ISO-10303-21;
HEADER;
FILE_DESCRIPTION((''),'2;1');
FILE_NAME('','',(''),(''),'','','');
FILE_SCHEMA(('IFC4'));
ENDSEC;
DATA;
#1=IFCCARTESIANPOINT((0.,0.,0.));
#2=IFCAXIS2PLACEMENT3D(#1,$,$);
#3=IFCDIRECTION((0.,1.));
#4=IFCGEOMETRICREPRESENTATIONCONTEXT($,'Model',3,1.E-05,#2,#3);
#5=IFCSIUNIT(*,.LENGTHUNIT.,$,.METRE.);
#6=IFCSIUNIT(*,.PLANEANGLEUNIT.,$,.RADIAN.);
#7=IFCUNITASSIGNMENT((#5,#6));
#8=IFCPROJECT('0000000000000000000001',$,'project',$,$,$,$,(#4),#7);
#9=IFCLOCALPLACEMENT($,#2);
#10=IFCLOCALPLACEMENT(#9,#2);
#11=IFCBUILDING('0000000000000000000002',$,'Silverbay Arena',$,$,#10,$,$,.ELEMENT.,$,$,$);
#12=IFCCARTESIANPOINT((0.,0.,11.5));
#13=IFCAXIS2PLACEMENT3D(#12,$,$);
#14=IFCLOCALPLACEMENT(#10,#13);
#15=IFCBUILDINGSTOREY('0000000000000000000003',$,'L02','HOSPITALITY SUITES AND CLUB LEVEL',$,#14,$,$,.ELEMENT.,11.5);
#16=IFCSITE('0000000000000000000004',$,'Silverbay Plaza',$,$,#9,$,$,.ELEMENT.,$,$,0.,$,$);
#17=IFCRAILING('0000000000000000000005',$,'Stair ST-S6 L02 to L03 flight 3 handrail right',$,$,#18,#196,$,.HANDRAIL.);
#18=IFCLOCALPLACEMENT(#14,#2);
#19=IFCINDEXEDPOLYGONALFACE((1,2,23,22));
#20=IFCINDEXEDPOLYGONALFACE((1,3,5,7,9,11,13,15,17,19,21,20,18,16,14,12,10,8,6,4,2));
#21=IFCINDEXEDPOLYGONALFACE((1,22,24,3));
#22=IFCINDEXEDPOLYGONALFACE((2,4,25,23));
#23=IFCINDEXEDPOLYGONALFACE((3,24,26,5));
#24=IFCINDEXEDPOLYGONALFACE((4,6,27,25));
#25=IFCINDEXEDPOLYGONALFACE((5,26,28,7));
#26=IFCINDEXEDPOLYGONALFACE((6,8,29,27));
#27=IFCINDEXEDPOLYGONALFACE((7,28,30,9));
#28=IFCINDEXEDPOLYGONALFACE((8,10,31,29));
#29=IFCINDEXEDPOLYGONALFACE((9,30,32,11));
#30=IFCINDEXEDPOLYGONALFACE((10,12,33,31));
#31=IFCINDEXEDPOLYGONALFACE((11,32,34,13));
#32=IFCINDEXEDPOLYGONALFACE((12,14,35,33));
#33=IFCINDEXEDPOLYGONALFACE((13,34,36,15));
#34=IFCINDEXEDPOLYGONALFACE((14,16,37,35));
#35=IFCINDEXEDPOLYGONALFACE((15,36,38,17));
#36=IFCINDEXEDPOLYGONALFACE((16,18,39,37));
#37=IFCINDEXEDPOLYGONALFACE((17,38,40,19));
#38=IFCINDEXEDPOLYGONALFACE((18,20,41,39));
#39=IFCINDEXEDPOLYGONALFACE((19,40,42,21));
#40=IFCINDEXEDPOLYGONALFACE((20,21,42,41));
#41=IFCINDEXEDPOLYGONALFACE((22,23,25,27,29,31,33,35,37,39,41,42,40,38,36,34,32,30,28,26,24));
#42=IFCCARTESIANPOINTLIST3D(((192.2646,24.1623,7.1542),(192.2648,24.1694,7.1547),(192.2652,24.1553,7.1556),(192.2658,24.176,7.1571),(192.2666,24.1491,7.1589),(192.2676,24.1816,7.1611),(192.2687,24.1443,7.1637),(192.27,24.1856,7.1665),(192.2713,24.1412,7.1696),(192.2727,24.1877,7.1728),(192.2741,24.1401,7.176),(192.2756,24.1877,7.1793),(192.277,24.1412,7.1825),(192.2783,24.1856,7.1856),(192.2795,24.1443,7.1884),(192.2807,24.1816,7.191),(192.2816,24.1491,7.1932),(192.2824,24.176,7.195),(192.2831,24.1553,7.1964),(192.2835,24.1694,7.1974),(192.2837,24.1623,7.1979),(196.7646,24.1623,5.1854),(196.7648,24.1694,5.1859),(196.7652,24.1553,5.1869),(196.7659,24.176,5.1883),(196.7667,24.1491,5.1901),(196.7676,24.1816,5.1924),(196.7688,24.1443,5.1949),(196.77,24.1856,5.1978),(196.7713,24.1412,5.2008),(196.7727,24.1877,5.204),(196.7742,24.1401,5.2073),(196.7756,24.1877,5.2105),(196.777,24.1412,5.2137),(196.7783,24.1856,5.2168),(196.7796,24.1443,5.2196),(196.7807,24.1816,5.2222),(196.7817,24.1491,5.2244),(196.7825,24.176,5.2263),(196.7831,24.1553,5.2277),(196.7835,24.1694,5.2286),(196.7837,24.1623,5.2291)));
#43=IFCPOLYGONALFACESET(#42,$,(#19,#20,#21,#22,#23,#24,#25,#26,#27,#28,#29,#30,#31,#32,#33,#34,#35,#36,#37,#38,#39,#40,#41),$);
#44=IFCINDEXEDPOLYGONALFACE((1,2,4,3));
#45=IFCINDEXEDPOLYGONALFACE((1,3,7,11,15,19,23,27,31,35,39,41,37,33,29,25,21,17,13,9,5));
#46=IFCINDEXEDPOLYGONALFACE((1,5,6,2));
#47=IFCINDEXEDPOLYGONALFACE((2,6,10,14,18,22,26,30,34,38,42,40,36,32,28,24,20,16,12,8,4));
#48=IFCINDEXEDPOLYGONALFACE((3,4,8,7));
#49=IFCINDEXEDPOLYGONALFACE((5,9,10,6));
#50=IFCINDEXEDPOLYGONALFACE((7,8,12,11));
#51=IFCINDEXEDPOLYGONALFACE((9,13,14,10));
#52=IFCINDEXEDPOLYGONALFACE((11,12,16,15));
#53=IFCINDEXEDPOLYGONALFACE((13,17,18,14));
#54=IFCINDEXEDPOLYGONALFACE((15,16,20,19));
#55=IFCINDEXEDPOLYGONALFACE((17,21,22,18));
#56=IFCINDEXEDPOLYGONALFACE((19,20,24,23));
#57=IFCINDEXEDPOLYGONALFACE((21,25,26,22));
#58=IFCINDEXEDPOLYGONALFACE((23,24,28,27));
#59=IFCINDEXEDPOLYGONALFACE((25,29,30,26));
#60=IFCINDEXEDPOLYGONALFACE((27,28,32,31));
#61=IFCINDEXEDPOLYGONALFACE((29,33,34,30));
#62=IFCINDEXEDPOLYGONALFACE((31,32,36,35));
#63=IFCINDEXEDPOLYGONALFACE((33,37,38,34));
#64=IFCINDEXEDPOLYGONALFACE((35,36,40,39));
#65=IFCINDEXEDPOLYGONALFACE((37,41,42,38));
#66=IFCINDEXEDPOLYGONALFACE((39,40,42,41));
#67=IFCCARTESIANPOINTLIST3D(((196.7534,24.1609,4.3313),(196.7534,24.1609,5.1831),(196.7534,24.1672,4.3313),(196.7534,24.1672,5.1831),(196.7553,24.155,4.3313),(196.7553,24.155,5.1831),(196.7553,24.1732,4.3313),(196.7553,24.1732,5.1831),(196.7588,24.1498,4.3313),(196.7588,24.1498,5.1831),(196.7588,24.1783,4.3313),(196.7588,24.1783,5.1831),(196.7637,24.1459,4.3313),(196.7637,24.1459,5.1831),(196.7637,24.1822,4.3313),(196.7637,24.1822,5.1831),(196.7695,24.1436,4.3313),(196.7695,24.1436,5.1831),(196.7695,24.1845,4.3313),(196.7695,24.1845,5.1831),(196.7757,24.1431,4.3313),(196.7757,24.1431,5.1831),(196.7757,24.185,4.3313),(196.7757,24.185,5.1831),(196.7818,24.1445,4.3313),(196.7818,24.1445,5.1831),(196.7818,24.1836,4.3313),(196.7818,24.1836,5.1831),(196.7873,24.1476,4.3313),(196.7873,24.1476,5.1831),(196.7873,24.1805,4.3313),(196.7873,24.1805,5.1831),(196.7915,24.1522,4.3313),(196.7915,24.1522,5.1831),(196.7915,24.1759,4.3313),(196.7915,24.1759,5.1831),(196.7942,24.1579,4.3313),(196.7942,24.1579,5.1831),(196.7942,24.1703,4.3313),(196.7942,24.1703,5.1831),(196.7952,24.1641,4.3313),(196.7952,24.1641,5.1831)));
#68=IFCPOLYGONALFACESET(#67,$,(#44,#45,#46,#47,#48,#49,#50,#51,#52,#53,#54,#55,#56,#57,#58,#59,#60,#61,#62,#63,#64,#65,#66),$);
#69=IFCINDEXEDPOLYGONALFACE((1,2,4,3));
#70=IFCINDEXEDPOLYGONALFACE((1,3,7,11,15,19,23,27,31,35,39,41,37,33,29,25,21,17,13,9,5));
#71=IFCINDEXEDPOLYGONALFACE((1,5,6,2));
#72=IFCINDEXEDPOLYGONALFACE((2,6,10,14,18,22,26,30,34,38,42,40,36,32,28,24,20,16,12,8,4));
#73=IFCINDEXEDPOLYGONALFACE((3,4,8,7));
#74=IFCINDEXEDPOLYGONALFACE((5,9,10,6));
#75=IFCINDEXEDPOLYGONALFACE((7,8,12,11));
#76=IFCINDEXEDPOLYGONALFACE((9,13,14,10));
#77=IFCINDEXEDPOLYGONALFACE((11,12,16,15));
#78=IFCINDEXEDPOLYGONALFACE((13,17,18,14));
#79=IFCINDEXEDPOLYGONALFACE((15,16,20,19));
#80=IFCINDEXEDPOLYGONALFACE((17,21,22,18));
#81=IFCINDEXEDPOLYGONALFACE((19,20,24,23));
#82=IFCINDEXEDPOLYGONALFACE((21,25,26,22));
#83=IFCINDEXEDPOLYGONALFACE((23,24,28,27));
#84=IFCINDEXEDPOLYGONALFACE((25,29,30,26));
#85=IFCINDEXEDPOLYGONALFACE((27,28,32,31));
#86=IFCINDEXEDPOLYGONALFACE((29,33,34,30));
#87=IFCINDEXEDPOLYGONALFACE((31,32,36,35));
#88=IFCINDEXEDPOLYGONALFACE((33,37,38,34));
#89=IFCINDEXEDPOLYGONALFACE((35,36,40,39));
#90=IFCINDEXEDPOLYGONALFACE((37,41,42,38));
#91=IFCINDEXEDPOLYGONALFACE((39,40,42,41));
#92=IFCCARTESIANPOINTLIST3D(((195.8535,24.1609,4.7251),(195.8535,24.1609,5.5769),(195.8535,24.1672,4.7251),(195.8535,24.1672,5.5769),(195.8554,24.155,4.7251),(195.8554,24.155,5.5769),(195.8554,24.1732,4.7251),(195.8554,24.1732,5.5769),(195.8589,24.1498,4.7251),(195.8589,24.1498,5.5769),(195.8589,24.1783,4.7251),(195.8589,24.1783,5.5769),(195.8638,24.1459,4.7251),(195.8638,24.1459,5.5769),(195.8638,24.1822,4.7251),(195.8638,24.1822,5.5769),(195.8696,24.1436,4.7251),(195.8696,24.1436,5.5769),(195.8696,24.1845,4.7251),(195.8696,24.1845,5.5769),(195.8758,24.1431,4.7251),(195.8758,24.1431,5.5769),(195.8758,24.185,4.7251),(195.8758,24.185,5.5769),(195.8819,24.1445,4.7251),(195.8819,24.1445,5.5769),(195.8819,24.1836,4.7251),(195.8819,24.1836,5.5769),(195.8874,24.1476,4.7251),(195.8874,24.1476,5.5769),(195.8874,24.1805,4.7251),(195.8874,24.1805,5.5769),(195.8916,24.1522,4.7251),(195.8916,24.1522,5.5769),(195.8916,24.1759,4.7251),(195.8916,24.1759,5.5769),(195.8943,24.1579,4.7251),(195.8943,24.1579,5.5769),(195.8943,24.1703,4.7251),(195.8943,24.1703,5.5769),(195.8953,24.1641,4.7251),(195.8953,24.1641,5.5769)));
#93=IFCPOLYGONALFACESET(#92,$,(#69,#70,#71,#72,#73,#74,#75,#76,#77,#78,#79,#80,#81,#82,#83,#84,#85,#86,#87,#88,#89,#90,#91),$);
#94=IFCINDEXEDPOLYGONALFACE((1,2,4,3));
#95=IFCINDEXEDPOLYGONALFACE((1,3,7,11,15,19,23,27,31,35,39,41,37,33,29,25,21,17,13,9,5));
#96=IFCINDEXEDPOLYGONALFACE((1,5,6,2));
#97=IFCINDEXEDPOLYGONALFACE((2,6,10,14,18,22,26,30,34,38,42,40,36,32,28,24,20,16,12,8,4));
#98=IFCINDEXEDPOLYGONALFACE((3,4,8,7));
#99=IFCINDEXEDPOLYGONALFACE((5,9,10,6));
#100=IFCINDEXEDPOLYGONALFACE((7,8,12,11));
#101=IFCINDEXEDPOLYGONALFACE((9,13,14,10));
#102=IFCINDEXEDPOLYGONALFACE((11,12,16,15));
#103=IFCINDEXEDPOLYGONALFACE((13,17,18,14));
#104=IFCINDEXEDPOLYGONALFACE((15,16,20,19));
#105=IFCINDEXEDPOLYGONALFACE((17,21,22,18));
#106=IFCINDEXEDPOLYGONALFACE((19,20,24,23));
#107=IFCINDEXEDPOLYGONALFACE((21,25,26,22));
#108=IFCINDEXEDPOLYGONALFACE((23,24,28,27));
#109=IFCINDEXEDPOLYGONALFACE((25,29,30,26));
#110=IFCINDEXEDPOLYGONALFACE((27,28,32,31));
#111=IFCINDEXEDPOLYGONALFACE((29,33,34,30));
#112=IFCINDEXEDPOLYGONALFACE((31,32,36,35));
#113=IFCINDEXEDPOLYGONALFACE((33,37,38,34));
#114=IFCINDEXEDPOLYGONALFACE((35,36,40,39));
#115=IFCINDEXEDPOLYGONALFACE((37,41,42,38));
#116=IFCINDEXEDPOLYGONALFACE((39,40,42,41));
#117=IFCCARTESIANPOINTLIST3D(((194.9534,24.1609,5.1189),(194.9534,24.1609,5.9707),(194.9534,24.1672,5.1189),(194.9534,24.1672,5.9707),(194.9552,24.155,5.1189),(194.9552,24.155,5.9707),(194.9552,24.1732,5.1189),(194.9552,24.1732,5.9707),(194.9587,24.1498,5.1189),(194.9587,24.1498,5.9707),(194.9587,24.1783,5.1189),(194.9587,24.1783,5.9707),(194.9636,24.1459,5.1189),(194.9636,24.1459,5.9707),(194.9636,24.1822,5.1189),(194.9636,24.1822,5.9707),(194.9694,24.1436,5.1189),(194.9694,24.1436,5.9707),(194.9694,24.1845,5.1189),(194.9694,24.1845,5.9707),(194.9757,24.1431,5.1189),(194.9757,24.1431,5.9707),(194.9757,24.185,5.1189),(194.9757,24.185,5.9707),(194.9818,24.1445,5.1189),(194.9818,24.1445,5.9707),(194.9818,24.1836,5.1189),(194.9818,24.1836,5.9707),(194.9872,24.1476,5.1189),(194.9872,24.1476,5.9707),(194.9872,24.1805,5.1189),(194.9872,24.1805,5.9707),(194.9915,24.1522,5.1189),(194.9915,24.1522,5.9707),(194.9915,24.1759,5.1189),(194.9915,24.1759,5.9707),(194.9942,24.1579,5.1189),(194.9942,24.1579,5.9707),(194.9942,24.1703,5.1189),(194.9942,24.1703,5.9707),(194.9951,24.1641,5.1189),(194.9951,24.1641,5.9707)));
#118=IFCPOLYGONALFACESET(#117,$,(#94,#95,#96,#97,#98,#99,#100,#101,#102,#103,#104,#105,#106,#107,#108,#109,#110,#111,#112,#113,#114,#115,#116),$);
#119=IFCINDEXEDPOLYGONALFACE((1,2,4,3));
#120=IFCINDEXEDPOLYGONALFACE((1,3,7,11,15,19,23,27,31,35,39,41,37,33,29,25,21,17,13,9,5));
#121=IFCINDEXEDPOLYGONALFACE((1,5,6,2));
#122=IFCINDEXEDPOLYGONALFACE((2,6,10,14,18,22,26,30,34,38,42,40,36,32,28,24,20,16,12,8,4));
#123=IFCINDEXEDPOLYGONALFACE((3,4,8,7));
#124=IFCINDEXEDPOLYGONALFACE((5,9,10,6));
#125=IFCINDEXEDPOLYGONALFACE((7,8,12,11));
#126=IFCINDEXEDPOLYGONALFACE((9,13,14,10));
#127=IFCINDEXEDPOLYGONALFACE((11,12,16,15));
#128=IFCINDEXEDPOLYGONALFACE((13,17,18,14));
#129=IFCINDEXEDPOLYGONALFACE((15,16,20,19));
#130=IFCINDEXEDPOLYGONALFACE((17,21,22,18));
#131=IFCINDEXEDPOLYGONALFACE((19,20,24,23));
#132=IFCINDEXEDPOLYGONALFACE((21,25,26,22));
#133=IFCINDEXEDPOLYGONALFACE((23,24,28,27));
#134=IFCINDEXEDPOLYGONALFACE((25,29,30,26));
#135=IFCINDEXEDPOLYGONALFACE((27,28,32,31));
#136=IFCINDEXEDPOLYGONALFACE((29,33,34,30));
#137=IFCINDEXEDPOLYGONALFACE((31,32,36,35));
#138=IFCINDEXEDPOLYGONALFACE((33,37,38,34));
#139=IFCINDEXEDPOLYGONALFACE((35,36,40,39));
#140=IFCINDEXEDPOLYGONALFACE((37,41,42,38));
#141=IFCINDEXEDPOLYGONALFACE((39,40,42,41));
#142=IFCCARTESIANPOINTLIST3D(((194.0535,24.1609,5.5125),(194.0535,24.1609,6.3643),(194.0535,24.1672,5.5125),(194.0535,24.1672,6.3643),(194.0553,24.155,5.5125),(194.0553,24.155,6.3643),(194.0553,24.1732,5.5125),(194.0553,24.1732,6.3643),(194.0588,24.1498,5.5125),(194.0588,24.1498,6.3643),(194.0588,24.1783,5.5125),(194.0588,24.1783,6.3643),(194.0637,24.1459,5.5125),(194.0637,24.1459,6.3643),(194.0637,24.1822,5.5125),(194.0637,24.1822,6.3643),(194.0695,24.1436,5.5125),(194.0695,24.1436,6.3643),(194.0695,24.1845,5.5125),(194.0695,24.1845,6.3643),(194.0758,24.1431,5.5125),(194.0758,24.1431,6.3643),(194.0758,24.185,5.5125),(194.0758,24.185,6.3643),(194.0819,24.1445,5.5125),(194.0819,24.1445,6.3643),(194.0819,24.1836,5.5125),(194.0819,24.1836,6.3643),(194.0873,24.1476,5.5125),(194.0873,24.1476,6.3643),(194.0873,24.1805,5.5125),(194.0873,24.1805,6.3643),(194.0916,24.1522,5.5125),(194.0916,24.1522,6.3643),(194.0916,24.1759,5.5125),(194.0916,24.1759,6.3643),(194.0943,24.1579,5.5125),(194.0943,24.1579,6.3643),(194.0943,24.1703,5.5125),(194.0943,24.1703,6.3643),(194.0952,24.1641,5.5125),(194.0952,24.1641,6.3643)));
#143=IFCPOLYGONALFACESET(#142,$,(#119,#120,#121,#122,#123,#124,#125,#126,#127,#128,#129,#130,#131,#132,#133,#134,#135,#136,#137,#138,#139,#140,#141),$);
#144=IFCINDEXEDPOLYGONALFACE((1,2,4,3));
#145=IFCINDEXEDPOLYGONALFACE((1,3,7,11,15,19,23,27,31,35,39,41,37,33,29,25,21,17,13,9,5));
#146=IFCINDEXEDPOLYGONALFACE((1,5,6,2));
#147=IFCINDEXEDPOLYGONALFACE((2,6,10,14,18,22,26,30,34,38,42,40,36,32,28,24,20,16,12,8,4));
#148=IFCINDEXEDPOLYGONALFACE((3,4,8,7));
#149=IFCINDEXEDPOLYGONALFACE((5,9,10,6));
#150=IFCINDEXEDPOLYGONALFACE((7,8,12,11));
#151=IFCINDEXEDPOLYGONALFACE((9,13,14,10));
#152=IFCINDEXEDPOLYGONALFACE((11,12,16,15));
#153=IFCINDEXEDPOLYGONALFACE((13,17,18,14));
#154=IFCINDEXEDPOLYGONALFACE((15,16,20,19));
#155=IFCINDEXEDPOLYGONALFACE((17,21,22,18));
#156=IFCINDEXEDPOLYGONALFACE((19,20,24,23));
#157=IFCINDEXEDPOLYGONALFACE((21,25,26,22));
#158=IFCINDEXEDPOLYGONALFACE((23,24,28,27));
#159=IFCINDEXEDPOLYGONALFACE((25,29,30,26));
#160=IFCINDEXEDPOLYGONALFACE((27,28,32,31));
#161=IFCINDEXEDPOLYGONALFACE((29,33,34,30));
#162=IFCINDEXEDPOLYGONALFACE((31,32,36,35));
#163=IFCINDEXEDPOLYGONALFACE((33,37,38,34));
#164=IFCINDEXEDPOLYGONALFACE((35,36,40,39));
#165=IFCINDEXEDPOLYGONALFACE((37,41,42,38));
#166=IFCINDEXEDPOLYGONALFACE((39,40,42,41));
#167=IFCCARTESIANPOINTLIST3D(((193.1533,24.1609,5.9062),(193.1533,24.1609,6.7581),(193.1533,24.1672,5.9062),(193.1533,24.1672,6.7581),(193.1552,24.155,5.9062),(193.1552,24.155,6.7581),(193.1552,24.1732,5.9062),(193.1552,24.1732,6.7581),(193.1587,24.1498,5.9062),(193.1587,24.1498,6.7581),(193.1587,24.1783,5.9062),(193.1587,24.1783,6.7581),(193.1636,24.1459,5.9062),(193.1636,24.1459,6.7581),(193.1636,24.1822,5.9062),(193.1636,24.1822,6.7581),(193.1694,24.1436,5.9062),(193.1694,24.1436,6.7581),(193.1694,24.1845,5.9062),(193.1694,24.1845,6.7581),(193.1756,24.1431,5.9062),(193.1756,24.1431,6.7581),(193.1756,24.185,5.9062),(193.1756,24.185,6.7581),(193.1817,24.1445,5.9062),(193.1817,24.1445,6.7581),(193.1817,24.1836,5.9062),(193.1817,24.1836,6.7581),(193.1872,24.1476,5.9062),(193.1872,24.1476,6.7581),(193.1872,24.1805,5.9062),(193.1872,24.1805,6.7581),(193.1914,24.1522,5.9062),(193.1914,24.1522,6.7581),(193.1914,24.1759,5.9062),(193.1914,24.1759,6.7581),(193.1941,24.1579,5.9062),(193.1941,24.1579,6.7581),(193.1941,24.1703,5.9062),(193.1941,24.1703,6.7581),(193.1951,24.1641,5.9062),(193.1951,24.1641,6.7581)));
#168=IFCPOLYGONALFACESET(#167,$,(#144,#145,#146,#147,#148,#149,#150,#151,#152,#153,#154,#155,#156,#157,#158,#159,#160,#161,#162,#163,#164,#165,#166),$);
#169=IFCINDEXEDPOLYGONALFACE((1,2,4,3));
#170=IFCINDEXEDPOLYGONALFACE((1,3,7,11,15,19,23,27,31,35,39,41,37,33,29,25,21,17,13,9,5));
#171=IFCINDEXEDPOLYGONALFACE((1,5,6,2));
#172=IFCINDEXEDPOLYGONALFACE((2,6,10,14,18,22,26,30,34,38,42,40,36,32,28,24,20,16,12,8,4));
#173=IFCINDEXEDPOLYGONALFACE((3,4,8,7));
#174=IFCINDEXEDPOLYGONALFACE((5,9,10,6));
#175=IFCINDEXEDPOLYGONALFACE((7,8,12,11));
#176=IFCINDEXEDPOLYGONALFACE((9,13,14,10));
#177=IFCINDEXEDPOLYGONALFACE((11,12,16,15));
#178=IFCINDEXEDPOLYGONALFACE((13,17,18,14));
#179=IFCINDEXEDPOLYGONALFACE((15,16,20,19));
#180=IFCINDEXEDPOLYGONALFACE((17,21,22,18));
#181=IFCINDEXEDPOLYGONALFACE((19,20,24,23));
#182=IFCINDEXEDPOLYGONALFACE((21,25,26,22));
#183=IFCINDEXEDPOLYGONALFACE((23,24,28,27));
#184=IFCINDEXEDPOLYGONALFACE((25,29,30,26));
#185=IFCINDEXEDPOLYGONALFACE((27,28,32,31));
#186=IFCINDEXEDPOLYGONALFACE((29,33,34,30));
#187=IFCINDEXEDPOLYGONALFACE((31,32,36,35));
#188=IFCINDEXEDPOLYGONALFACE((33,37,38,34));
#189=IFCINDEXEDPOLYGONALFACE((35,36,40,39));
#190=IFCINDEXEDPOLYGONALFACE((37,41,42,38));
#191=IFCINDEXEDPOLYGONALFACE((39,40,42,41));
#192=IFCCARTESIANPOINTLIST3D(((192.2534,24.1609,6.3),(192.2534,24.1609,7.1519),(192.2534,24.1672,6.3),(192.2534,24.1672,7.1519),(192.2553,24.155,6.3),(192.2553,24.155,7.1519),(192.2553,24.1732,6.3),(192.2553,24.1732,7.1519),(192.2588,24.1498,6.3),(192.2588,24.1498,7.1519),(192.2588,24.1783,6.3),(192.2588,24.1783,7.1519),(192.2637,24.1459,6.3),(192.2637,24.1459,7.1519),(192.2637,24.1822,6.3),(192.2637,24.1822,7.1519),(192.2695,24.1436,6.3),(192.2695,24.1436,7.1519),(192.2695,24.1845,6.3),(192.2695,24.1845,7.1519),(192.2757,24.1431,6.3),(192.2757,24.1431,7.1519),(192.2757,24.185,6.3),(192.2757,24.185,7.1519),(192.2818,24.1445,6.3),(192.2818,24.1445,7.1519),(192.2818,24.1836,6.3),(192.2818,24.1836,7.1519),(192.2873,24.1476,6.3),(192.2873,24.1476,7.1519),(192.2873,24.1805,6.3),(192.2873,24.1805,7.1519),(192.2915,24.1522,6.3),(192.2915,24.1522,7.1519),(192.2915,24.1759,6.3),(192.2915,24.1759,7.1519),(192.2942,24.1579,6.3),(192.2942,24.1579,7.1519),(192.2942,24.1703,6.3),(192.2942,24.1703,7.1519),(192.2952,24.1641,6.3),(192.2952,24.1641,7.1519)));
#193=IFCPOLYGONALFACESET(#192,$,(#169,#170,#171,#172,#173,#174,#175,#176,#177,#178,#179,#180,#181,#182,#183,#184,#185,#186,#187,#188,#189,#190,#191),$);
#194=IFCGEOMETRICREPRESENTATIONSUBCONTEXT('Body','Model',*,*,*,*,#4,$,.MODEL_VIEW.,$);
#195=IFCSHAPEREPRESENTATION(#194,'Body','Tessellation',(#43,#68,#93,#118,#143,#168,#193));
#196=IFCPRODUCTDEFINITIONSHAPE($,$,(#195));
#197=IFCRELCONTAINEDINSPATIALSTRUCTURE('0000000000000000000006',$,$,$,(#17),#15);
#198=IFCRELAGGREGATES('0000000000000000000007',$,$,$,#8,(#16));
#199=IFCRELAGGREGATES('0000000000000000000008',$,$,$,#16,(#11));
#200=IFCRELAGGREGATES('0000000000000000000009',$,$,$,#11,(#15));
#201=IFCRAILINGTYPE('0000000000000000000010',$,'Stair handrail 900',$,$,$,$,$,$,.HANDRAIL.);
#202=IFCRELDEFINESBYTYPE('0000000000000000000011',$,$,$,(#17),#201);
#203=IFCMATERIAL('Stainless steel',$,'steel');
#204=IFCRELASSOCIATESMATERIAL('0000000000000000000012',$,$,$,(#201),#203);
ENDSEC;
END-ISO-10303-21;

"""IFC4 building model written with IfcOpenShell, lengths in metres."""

from ifc_helpers import new_model, si_unit, direction, frame, origin, origin_2d, place, context, subcontext, project, spatial, circle, extrude, material, type_object, element, save


model = new_model("IFC4")

# Units and contexts
model_context = context("Model", 3, precision=1e-05, world=origin(), true_north=direction((0.0, 1.0)))
body_context = subcontext(model_context, "Body", "Model", "MODEL_VIEW")
ifc_project = project(units=[si_unit("LENGTHUNIT", "METRE"), si_unit("PLANEANGLEUNIT", "RADIAN")], contexts=[model_context])

# Site, building, storey
site_placement = place(None, origin())
site = spatial("IfcSite", under=ifc_project, at=site_placement, Name="Silverbay Plaza", CompositionType="ELEMENT", RefElevation=0.0)
building_placement = place(site_placement, origin())
building = spatial("IfcBuilding", under=site, at=building_placement, Name="Silverbay Arena", CompositionType="ELEMENT")
storey_placement = place(building_placement, frame((0.0, 0.0, 11.5)))
storey = spatial("IfcBuildingStorey", under=building, at=storey_placement, Name="L02", Description="HOSPITALITY SUITES AND CLUB LEVEL", CompositionType="ELEMENT", Elevation=11.5)

# Railing
ifc_material_1 = material(Name="Stainless steel", Category="steel")
railing_type_1 = type_object("IfcRailingType", Name="Stair handrail 900", PredefinedType="HANDRAIL", material=ifc_material_1)
for number, where, name in (
    (1, (196.7742, 24.1641, 4.3313), "Stair ST-S6 L02 to L03 flight 3 handrail right"),
):
    element("IfcRailing", number, at=place(storey_placement, frame(where)), inside=storey, type_object=railing_type_1, Name=name, PredefinedType="HANDRAIL", context=body_context, shape_type="SweptSolid", body=[
        extrude(circle(Radius=0.0239, at=origin_2d()), frame((0.0, 0.0, 0.876), z_axis=(-0.916157, 0.0, 0.400819), x_axis=(0.0, -1.0, 0.0)), (0.0, 0.0, 1.0), 4.9119),
        extrude(circle(Radius=0.021, at=origin_2d()), origin(), (0.0, 0.0, 1.0), 0.8518),
        extrude(circle(Radius=0.021, at=origin_2d()), frame((-0.8999, 0.0, 0.3938)), (0.0, 0.0, 1.0), 0.8518),
        extrude(circle(Radius=0.021, at=origin_2d()), frame((-1.8, 0.0, 0.7876)), (0.0, 0.0, 1.0), 0.8518),
        extrude(circle(Radius=0.021, at=origin_2d()), frame((-2.7, 0.0, 1.1812)), (0.0, 0.0, 1.0), 0.8518),
        extrude(circle(Radius=0.021, at=origin_2d()), frame((-3.6001, 0.0, 1.575)), (0.0, 0.0, 1.0), 0.8518),
        extrude(circle(Radius=0.021, at=origin_2d()), frame((-4.5, 0.0, 1.9688)), (0.0, 0.0, 1.0), 0.8518),
    ])

save(model, "model.ifc")
